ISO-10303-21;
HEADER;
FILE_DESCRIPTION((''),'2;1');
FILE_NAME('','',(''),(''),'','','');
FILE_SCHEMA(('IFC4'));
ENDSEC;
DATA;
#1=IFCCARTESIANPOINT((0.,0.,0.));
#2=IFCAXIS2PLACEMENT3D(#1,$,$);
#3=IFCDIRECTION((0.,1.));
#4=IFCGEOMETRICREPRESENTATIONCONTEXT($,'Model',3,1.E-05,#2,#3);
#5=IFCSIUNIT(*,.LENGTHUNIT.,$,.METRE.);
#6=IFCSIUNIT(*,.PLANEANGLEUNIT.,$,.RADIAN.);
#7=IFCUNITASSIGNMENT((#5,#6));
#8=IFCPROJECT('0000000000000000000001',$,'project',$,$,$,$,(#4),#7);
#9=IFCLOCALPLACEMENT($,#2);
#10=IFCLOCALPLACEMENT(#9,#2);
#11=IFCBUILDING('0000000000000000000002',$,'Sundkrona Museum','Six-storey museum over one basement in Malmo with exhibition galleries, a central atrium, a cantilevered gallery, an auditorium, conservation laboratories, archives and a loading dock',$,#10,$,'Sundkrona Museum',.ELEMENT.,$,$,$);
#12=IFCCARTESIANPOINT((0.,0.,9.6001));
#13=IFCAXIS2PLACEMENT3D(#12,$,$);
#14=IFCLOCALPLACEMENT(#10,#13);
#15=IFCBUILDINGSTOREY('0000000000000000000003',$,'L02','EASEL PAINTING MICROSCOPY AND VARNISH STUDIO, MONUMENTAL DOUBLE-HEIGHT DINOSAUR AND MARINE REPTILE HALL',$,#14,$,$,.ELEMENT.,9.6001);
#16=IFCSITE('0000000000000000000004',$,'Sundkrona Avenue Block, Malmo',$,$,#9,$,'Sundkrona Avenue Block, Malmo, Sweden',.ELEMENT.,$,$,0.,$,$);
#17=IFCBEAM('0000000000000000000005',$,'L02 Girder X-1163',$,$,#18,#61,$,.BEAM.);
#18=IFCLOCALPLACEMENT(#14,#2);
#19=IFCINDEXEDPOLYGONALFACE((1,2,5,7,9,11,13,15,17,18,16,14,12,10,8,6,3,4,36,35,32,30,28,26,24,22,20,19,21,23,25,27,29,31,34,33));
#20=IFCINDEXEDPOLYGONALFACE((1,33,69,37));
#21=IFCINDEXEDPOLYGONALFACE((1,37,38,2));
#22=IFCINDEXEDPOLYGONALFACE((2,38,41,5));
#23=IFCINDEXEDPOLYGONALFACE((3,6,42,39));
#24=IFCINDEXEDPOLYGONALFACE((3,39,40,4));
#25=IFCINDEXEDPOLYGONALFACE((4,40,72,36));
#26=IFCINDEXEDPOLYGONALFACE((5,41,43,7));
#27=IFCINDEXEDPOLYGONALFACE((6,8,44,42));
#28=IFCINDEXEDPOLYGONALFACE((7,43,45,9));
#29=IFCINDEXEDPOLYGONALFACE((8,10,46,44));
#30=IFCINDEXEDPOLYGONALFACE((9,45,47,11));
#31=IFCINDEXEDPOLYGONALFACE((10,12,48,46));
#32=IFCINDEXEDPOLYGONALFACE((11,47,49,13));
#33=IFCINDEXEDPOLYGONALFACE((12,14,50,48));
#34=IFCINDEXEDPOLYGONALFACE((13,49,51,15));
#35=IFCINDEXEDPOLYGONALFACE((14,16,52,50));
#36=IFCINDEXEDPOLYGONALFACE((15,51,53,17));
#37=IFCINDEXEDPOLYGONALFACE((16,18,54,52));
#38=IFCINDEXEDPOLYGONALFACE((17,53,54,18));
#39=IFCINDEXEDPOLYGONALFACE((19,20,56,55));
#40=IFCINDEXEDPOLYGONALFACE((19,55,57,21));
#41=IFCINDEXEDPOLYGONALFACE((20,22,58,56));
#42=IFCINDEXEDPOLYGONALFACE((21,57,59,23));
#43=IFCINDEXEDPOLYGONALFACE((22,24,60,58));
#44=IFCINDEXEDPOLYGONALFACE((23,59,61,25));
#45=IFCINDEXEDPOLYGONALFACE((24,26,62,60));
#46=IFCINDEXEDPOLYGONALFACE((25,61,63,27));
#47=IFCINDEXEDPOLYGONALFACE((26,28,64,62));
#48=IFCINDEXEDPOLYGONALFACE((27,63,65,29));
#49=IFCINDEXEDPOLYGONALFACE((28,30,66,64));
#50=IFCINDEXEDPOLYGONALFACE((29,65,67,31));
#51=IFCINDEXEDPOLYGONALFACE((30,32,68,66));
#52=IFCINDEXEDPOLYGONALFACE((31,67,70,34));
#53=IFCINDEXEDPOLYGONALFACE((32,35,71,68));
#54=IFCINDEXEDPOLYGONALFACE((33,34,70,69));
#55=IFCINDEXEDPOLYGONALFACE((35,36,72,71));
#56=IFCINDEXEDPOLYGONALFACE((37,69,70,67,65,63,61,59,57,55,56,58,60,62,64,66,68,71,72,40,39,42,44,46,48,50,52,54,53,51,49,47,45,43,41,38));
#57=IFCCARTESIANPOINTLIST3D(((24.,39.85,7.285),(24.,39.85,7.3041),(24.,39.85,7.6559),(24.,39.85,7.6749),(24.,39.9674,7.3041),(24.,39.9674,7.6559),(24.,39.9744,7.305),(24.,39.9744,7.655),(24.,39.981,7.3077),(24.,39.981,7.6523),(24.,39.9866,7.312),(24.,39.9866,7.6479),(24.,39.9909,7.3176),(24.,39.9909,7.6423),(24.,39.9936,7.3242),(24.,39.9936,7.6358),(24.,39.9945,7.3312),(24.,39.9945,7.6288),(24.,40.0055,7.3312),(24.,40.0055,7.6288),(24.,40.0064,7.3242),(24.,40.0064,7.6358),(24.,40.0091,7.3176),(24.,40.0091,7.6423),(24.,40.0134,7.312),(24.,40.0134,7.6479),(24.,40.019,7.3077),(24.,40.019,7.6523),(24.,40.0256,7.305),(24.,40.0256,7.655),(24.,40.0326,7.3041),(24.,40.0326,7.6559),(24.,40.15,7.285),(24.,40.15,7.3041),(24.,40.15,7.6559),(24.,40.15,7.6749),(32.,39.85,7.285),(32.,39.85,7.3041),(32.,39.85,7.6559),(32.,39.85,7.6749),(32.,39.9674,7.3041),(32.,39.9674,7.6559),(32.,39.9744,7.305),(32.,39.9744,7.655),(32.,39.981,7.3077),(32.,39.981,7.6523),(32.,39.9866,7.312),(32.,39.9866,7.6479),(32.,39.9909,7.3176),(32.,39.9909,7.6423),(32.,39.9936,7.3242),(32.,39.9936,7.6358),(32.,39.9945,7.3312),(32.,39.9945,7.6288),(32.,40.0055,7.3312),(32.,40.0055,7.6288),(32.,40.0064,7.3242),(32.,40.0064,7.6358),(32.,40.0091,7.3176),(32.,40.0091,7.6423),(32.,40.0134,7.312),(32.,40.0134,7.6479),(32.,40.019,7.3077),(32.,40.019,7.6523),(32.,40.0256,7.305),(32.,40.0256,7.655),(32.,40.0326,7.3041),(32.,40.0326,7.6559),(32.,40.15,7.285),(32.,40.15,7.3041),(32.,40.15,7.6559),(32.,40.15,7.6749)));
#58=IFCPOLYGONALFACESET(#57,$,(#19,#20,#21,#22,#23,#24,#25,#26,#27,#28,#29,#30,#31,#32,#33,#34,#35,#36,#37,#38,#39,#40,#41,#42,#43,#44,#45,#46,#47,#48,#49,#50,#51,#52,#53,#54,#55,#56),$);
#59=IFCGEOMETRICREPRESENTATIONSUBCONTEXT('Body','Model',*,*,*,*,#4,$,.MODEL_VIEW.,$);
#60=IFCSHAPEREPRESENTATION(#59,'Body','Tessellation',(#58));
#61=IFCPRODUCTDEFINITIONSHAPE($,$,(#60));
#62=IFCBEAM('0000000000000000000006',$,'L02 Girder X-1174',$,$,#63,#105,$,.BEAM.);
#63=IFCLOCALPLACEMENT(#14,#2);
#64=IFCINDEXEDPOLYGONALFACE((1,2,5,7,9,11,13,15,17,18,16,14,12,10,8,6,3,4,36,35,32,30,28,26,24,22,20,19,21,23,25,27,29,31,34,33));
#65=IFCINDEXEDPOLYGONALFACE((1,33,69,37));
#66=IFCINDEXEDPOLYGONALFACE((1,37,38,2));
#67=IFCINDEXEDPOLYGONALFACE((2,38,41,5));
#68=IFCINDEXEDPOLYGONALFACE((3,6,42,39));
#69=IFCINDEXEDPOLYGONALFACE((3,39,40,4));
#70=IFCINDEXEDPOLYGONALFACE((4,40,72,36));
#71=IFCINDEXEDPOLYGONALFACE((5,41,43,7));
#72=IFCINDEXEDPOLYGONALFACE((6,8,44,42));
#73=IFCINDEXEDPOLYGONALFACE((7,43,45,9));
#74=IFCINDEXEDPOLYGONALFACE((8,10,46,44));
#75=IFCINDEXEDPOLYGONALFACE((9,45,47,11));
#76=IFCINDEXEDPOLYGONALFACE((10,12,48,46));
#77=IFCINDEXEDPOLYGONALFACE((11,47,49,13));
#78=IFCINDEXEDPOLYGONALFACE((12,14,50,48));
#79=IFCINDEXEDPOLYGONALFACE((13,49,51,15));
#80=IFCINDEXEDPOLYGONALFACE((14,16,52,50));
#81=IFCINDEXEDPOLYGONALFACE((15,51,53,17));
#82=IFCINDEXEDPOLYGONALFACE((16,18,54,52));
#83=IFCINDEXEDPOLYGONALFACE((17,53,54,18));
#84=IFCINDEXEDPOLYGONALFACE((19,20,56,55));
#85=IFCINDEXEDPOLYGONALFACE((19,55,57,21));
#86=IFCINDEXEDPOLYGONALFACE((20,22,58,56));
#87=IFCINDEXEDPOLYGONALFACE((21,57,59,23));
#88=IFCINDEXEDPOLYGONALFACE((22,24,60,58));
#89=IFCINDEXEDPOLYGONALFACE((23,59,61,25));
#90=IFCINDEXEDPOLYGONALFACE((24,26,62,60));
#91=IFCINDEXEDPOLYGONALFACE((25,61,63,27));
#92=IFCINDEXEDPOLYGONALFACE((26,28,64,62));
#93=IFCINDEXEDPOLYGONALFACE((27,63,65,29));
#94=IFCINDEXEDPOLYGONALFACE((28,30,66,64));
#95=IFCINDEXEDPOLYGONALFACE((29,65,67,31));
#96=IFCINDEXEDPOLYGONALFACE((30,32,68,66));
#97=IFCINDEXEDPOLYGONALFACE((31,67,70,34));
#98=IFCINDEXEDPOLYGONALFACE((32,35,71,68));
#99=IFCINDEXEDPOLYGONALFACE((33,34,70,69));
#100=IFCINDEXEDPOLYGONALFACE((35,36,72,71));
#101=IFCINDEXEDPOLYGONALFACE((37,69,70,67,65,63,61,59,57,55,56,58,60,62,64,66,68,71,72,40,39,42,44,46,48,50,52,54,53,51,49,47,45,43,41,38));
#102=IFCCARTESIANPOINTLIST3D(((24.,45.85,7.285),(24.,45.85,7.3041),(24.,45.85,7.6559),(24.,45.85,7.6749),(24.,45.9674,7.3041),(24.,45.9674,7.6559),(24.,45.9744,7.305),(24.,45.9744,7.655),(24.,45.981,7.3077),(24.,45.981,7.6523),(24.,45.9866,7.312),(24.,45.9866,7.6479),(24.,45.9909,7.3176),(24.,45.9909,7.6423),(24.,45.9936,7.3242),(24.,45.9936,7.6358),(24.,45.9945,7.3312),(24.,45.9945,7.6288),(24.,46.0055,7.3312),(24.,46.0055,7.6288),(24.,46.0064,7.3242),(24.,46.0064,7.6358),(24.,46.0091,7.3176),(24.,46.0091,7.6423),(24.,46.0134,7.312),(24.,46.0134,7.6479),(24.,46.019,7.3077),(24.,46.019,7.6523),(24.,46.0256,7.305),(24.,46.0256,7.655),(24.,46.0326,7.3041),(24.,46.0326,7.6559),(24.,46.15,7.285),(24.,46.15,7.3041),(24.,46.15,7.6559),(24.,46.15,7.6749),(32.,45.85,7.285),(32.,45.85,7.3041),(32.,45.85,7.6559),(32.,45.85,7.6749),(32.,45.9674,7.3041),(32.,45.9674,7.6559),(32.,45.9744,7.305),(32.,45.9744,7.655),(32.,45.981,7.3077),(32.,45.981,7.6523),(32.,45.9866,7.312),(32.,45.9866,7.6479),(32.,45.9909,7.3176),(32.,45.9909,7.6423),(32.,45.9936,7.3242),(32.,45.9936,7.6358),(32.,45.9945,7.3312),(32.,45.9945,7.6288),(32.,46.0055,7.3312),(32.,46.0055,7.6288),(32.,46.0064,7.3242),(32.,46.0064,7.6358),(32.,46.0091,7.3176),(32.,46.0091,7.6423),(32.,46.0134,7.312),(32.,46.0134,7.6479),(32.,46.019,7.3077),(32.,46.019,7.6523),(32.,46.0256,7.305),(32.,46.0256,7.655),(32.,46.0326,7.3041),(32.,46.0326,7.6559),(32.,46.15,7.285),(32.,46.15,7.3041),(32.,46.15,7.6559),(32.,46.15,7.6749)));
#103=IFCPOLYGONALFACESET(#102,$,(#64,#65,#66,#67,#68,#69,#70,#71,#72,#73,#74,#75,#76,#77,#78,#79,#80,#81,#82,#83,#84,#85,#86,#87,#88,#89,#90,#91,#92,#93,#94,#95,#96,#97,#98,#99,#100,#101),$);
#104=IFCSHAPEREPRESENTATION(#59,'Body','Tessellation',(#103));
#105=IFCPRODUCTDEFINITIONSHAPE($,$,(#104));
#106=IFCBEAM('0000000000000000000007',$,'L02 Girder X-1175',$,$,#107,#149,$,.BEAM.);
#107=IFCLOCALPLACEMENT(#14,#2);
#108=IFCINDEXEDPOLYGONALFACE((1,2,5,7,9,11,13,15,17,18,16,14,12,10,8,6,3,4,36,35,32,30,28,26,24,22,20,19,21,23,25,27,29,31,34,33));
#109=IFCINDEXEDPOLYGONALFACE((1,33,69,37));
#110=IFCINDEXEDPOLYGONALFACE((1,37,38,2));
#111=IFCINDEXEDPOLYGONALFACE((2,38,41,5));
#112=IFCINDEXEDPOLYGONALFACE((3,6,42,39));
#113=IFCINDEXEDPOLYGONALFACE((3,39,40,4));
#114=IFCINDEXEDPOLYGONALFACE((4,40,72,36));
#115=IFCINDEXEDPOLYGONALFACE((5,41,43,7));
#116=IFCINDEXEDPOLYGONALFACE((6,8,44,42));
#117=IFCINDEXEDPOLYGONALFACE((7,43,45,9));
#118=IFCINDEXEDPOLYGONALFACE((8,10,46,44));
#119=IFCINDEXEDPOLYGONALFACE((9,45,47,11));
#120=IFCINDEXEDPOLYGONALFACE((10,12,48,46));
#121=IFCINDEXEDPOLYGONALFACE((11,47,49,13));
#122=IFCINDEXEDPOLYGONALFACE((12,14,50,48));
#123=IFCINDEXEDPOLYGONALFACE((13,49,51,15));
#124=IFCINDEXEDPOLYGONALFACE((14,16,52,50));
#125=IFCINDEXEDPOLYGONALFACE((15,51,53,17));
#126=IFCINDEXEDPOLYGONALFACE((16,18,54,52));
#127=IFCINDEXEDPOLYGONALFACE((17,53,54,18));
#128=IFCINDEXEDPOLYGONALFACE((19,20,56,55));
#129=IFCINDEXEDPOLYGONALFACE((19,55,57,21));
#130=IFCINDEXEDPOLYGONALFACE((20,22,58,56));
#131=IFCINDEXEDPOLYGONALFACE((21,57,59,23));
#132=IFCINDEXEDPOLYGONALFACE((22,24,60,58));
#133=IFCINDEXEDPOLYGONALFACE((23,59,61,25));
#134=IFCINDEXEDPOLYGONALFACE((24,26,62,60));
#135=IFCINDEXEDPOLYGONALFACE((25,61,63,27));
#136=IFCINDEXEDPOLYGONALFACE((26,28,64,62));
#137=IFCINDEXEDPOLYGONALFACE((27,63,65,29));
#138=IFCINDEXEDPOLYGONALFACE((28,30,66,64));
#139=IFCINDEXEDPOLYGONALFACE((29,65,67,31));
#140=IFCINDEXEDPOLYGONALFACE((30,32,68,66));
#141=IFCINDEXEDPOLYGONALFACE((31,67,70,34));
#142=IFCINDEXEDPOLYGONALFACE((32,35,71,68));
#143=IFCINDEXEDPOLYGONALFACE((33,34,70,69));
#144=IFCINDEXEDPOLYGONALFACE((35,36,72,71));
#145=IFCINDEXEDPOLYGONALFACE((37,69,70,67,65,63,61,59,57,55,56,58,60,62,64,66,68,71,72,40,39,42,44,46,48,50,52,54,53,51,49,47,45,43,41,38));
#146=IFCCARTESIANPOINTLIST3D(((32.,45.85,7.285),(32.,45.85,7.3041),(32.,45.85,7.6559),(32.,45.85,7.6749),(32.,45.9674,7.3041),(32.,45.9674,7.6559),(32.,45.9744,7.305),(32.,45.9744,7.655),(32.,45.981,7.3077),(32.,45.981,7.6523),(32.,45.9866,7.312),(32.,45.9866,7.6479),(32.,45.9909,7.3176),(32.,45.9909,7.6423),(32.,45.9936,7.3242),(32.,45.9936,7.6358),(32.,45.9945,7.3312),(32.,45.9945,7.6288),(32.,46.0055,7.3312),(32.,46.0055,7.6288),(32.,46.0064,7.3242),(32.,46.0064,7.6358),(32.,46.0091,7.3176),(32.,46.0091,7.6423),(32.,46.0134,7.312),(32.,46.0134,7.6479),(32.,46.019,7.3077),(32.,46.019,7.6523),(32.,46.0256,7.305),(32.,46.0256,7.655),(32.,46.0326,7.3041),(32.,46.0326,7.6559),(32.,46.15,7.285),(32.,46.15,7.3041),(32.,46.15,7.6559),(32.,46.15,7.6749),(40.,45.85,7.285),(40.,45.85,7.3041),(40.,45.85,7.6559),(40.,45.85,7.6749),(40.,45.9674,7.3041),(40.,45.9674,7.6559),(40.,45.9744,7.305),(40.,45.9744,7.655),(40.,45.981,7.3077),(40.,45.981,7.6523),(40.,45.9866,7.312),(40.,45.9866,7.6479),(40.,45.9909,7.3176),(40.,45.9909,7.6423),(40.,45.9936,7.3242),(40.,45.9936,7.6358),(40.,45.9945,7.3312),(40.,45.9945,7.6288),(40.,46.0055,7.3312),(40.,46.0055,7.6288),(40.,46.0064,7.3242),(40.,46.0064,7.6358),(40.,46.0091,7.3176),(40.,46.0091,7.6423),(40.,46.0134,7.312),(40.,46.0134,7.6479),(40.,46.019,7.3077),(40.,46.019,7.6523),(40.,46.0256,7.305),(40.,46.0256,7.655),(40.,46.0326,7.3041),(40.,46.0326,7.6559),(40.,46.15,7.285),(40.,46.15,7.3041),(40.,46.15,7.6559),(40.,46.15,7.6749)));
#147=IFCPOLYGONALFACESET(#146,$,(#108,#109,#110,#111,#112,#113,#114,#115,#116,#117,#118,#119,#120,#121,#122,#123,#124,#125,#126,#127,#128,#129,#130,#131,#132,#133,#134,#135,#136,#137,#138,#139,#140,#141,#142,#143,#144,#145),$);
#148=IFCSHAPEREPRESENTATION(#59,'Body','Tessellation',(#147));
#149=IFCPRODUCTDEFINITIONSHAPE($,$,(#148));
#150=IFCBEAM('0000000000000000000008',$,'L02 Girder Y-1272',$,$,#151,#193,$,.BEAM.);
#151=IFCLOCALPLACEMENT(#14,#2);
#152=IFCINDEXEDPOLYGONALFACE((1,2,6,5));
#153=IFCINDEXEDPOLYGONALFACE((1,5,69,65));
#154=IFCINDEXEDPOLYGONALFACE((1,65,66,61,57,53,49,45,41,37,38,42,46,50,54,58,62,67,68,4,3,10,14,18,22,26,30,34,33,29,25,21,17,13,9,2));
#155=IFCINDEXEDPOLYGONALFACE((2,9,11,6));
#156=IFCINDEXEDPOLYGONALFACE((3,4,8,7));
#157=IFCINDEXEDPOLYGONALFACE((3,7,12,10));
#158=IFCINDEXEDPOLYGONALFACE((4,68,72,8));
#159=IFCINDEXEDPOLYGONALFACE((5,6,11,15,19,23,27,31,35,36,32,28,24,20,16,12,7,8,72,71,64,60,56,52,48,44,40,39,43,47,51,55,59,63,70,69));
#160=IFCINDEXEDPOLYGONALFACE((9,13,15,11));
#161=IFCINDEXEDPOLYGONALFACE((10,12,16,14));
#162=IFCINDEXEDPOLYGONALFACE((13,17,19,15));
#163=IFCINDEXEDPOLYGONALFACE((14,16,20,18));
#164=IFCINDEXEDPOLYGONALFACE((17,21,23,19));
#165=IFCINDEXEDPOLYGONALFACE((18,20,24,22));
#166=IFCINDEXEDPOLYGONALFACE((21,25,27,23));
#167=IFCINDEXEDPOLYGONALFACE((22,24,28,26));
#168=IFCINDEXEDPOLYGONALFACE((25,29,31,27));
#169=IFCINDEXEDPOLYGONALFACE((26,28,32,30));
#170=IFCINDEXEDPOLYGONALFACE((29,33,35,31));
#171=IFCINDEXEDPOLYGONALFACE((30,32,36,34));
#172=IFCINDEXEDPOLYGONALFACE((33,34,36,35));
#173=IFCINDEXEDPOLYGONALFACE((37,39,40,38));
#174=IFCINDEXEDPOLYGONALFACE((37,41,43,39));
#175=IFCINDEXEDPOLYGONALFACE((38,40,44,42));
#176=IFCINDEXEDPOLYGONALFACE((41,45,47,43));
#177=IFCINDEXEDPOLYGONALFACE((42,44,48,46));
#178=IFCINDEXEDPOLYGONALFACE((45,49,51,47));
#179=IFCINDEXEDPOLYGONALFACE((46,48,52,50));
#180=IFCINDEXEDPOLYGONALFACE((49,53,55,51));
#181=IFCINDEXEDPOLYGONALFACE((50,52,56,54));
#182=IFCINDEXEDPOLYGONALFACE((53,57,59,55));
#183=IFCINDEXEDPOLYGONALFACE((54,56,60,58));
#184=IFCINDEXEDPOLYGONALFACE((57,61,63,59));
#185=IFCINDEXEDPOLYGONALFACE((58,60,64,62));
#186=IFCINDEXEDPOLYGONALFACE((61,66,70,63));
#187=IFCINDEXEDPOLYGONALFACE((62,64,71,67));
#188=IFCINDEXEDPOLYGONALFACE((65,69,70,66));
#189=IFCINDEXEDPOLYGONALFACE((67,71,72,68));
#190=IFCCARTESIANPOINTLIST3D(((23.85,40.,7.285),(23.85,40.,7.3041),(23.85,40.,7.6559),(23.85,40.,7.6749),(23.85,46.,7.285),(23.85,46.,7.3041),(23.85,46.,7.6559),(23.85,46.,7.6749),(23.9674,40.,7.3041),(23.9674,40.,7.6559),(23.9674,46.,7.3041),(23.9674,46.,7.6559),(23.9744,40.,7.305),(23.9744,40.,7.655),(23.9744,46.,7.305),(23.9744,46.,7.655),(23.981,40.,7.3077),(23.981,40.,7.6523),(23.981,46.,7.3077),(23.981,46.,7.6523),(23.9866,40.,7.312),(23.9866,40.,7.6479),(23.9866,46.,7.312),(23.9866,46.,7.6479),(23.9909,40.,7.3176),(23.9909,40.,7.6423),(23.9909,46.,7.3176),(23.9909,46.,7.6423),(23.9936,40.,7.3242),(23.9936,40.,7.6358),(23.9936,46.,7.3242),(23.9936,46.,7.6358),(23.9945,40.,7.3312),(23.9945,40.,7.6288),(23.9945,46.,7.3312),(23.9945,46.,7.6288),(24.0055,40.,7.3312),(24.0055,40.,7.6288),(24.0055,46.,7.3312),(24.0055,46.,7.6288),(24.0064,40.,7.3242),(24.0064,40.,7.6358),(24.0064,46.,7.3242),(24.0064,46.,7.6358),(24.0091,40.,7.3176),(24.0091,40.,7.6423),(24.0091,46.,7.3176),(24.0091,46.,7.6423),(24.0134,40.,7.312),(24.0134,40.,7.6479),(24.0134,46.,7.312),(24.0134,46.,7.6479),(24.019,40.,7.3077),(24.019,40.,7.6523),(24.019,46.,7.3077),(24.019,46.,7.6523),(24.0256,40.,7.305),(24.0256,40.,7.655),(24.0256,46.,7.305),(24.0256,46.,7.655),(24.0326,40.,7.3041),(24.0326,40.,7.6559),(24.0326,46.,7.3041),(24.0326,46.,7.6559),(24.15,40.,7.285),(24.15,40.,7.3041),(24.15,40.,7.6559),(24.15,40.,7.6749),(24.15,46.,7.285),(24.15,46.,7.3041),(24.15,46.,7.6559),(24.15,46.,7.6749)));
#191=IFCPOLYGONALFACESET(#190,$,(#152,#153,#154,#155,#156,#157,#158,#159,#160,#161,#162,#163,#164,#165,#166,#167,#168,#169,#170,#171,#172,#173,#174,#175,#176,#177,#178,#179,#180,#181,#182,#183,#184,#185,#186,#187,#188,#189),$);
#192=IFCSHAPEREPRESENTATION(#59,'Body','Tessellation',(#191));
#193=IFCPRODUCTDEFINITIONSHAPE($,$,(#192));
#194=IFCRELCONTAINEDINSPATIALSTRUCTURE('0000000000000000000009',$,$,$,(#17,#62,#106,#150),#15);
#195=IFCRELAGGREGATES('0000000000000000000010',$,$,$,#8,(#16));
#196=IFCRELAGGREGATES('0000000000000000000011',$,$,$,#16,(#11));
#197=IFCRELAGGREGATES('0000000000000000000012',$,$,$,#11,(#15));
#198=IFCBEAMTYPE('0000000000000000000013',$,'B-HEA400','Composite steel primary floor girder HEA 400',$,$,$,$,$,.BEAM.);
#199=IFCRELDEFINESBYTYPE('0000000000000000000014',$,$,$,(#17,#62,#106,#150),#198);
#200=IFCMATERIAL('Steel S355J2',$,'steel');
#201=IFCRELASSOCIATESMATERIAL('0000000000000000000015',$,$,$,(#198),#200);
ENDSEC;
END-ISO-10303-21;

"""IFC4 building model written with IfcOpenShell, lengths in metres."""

from ifc_helpers import new_model, si_unit, direction, frame, origin, origin_2d, place, context, subcontext, project, spatial, i_section, extrude, material, material_profile, profile_set, type_object, element, save


model = new_model("IFC4")

# Units and contexts
model_context = context("Model", 3, precision=1e-05, world=origin(), true_north=direction((0.0, 1.0)))
body_context = subcontext(model_context, "Body", "Model", "MODEL_VIEW")
ifc_project = project(units=[si_unit("LENGTHUNIT", "METRE"), si_unit("PLANEANGLEUNIT", "RADIAN")], contexts=[model_context])

# Site, building, storey
site_placement = place(None, origin())
site = spatial("IfcSite", under=ifc_project, at=site_placement, Name="Sundkrona Avenue Block, Malmo", LongName="Sundkrona Avenue Block, Malmo, Sweden", CompositionType="ELEMENT", RefElevation=0.0)
building_placement = place(site_placement, origin())
building = spatial("IfcBuilding", under=site, at=building_placement, Name="Sundkrona Museum", Description="Six-storey museum over one basement in Malmo with exhibition galleries, a central atrium, a cantilevered gallery, an auditorium, conservation laboratories, archives and a loading dock", LongName="Sundkrona Museum", CompositionType="ELEMENT")
storey_placement = place(building_placement, frame((0.0, 0.0, 9.6001)))
storey = spatial("IfcBuildingStorey", under=building, at=storey_placement, Name="L02", Description="EASEL PAINTING MICROSCOPY AND VARNISH STUDIO, MONUMENTAL DOUBLE-HEIGHT DINOSAUR AND MARINE REPTILE HALL", CompositionType="ELEMENT", Elevation=9.6001)

# Shared definitions
ifc_material_1 = material(Name="Steel S355J2", Category="steel")

# Beams
ifc_material_profile_1 = material_profile(ifc_material_1, i_section(OverallWidth=0.3, OverallDepth=0.3899, WebThickness=0.011, FlangeThickness=0.019, FilletRadius=0.0271, at=origin_2d()), Name="HEA 400")
ifc_profile_set_1 = profile_set([ifc_material_profile_1], Name="Steel S355J2")
beam_type_1 = type_object("IfcBeamType", Name="B-HEA400", Description="Composite steel primary floor girder HEA 400", PredefinedType="BEAM", material=ifc_profile_set_1)
for number, where, z_axis, x_axis, name in (
    (1, (24.0, 40.0, 7.48), (1.0, 0.0, 0.0), (0.0, 1.0, 0.0), "L02 Girder X-1163"),
    (2, (24.0, 46.0, 7.48), (1.0, 0.0, 0.0), (0.0, 1.0, 0.0), "L02 Girder X-1174"),
    (3, (32.0, 46.0, 7.48), (1.0, 0.0, 0.0), (0.0, 1.0, 0.0), "L02 Girder X-1175"),
):
    element("IfcBeam", number, at=place(storey_placement, frame(where, z_axis=z_axis, x_axis=x_axis)), inside=storey, type_object=beam_type_1, Name=name, PredefinedType="BEAM", context=body_context, shape_type="SweptSolid", body=[
        extrude(i_section(OverallWidth=0.3, OverallDepth=0.3899, WebThickness=0.011, FlangeThickness=0.019, FilletRadius=0.0271, at=origin_2d()), origin(), (0.0, 0.0, 1.0), 8.0),
    ])
beam_1_placement = place(storey_placement, frame((24.0, 40.0, 7.48), z_axis=(0.0, 1.0, 0.0), x_axis=(-1.0, 0.0, 0.0)))
element("IfcBeam", 4, at=beam_1_placement, inside=storey, type_object=beam_type_1, Name="L02 Girder Y-1272", PredefinedType="BEAM", context=body_context, shape_type="SweptSolid", body=[
    extrude(i_section(OverallWidth=0.3, OverallDepth=0.3899, WebThickness=0.011, FlangeThickness=0.019, FilletRadius=0.0271, at=origin_2d()), origin(), (0.0, 0.0, 1.0), 6.0),
])

save(model, "model.ifc")
